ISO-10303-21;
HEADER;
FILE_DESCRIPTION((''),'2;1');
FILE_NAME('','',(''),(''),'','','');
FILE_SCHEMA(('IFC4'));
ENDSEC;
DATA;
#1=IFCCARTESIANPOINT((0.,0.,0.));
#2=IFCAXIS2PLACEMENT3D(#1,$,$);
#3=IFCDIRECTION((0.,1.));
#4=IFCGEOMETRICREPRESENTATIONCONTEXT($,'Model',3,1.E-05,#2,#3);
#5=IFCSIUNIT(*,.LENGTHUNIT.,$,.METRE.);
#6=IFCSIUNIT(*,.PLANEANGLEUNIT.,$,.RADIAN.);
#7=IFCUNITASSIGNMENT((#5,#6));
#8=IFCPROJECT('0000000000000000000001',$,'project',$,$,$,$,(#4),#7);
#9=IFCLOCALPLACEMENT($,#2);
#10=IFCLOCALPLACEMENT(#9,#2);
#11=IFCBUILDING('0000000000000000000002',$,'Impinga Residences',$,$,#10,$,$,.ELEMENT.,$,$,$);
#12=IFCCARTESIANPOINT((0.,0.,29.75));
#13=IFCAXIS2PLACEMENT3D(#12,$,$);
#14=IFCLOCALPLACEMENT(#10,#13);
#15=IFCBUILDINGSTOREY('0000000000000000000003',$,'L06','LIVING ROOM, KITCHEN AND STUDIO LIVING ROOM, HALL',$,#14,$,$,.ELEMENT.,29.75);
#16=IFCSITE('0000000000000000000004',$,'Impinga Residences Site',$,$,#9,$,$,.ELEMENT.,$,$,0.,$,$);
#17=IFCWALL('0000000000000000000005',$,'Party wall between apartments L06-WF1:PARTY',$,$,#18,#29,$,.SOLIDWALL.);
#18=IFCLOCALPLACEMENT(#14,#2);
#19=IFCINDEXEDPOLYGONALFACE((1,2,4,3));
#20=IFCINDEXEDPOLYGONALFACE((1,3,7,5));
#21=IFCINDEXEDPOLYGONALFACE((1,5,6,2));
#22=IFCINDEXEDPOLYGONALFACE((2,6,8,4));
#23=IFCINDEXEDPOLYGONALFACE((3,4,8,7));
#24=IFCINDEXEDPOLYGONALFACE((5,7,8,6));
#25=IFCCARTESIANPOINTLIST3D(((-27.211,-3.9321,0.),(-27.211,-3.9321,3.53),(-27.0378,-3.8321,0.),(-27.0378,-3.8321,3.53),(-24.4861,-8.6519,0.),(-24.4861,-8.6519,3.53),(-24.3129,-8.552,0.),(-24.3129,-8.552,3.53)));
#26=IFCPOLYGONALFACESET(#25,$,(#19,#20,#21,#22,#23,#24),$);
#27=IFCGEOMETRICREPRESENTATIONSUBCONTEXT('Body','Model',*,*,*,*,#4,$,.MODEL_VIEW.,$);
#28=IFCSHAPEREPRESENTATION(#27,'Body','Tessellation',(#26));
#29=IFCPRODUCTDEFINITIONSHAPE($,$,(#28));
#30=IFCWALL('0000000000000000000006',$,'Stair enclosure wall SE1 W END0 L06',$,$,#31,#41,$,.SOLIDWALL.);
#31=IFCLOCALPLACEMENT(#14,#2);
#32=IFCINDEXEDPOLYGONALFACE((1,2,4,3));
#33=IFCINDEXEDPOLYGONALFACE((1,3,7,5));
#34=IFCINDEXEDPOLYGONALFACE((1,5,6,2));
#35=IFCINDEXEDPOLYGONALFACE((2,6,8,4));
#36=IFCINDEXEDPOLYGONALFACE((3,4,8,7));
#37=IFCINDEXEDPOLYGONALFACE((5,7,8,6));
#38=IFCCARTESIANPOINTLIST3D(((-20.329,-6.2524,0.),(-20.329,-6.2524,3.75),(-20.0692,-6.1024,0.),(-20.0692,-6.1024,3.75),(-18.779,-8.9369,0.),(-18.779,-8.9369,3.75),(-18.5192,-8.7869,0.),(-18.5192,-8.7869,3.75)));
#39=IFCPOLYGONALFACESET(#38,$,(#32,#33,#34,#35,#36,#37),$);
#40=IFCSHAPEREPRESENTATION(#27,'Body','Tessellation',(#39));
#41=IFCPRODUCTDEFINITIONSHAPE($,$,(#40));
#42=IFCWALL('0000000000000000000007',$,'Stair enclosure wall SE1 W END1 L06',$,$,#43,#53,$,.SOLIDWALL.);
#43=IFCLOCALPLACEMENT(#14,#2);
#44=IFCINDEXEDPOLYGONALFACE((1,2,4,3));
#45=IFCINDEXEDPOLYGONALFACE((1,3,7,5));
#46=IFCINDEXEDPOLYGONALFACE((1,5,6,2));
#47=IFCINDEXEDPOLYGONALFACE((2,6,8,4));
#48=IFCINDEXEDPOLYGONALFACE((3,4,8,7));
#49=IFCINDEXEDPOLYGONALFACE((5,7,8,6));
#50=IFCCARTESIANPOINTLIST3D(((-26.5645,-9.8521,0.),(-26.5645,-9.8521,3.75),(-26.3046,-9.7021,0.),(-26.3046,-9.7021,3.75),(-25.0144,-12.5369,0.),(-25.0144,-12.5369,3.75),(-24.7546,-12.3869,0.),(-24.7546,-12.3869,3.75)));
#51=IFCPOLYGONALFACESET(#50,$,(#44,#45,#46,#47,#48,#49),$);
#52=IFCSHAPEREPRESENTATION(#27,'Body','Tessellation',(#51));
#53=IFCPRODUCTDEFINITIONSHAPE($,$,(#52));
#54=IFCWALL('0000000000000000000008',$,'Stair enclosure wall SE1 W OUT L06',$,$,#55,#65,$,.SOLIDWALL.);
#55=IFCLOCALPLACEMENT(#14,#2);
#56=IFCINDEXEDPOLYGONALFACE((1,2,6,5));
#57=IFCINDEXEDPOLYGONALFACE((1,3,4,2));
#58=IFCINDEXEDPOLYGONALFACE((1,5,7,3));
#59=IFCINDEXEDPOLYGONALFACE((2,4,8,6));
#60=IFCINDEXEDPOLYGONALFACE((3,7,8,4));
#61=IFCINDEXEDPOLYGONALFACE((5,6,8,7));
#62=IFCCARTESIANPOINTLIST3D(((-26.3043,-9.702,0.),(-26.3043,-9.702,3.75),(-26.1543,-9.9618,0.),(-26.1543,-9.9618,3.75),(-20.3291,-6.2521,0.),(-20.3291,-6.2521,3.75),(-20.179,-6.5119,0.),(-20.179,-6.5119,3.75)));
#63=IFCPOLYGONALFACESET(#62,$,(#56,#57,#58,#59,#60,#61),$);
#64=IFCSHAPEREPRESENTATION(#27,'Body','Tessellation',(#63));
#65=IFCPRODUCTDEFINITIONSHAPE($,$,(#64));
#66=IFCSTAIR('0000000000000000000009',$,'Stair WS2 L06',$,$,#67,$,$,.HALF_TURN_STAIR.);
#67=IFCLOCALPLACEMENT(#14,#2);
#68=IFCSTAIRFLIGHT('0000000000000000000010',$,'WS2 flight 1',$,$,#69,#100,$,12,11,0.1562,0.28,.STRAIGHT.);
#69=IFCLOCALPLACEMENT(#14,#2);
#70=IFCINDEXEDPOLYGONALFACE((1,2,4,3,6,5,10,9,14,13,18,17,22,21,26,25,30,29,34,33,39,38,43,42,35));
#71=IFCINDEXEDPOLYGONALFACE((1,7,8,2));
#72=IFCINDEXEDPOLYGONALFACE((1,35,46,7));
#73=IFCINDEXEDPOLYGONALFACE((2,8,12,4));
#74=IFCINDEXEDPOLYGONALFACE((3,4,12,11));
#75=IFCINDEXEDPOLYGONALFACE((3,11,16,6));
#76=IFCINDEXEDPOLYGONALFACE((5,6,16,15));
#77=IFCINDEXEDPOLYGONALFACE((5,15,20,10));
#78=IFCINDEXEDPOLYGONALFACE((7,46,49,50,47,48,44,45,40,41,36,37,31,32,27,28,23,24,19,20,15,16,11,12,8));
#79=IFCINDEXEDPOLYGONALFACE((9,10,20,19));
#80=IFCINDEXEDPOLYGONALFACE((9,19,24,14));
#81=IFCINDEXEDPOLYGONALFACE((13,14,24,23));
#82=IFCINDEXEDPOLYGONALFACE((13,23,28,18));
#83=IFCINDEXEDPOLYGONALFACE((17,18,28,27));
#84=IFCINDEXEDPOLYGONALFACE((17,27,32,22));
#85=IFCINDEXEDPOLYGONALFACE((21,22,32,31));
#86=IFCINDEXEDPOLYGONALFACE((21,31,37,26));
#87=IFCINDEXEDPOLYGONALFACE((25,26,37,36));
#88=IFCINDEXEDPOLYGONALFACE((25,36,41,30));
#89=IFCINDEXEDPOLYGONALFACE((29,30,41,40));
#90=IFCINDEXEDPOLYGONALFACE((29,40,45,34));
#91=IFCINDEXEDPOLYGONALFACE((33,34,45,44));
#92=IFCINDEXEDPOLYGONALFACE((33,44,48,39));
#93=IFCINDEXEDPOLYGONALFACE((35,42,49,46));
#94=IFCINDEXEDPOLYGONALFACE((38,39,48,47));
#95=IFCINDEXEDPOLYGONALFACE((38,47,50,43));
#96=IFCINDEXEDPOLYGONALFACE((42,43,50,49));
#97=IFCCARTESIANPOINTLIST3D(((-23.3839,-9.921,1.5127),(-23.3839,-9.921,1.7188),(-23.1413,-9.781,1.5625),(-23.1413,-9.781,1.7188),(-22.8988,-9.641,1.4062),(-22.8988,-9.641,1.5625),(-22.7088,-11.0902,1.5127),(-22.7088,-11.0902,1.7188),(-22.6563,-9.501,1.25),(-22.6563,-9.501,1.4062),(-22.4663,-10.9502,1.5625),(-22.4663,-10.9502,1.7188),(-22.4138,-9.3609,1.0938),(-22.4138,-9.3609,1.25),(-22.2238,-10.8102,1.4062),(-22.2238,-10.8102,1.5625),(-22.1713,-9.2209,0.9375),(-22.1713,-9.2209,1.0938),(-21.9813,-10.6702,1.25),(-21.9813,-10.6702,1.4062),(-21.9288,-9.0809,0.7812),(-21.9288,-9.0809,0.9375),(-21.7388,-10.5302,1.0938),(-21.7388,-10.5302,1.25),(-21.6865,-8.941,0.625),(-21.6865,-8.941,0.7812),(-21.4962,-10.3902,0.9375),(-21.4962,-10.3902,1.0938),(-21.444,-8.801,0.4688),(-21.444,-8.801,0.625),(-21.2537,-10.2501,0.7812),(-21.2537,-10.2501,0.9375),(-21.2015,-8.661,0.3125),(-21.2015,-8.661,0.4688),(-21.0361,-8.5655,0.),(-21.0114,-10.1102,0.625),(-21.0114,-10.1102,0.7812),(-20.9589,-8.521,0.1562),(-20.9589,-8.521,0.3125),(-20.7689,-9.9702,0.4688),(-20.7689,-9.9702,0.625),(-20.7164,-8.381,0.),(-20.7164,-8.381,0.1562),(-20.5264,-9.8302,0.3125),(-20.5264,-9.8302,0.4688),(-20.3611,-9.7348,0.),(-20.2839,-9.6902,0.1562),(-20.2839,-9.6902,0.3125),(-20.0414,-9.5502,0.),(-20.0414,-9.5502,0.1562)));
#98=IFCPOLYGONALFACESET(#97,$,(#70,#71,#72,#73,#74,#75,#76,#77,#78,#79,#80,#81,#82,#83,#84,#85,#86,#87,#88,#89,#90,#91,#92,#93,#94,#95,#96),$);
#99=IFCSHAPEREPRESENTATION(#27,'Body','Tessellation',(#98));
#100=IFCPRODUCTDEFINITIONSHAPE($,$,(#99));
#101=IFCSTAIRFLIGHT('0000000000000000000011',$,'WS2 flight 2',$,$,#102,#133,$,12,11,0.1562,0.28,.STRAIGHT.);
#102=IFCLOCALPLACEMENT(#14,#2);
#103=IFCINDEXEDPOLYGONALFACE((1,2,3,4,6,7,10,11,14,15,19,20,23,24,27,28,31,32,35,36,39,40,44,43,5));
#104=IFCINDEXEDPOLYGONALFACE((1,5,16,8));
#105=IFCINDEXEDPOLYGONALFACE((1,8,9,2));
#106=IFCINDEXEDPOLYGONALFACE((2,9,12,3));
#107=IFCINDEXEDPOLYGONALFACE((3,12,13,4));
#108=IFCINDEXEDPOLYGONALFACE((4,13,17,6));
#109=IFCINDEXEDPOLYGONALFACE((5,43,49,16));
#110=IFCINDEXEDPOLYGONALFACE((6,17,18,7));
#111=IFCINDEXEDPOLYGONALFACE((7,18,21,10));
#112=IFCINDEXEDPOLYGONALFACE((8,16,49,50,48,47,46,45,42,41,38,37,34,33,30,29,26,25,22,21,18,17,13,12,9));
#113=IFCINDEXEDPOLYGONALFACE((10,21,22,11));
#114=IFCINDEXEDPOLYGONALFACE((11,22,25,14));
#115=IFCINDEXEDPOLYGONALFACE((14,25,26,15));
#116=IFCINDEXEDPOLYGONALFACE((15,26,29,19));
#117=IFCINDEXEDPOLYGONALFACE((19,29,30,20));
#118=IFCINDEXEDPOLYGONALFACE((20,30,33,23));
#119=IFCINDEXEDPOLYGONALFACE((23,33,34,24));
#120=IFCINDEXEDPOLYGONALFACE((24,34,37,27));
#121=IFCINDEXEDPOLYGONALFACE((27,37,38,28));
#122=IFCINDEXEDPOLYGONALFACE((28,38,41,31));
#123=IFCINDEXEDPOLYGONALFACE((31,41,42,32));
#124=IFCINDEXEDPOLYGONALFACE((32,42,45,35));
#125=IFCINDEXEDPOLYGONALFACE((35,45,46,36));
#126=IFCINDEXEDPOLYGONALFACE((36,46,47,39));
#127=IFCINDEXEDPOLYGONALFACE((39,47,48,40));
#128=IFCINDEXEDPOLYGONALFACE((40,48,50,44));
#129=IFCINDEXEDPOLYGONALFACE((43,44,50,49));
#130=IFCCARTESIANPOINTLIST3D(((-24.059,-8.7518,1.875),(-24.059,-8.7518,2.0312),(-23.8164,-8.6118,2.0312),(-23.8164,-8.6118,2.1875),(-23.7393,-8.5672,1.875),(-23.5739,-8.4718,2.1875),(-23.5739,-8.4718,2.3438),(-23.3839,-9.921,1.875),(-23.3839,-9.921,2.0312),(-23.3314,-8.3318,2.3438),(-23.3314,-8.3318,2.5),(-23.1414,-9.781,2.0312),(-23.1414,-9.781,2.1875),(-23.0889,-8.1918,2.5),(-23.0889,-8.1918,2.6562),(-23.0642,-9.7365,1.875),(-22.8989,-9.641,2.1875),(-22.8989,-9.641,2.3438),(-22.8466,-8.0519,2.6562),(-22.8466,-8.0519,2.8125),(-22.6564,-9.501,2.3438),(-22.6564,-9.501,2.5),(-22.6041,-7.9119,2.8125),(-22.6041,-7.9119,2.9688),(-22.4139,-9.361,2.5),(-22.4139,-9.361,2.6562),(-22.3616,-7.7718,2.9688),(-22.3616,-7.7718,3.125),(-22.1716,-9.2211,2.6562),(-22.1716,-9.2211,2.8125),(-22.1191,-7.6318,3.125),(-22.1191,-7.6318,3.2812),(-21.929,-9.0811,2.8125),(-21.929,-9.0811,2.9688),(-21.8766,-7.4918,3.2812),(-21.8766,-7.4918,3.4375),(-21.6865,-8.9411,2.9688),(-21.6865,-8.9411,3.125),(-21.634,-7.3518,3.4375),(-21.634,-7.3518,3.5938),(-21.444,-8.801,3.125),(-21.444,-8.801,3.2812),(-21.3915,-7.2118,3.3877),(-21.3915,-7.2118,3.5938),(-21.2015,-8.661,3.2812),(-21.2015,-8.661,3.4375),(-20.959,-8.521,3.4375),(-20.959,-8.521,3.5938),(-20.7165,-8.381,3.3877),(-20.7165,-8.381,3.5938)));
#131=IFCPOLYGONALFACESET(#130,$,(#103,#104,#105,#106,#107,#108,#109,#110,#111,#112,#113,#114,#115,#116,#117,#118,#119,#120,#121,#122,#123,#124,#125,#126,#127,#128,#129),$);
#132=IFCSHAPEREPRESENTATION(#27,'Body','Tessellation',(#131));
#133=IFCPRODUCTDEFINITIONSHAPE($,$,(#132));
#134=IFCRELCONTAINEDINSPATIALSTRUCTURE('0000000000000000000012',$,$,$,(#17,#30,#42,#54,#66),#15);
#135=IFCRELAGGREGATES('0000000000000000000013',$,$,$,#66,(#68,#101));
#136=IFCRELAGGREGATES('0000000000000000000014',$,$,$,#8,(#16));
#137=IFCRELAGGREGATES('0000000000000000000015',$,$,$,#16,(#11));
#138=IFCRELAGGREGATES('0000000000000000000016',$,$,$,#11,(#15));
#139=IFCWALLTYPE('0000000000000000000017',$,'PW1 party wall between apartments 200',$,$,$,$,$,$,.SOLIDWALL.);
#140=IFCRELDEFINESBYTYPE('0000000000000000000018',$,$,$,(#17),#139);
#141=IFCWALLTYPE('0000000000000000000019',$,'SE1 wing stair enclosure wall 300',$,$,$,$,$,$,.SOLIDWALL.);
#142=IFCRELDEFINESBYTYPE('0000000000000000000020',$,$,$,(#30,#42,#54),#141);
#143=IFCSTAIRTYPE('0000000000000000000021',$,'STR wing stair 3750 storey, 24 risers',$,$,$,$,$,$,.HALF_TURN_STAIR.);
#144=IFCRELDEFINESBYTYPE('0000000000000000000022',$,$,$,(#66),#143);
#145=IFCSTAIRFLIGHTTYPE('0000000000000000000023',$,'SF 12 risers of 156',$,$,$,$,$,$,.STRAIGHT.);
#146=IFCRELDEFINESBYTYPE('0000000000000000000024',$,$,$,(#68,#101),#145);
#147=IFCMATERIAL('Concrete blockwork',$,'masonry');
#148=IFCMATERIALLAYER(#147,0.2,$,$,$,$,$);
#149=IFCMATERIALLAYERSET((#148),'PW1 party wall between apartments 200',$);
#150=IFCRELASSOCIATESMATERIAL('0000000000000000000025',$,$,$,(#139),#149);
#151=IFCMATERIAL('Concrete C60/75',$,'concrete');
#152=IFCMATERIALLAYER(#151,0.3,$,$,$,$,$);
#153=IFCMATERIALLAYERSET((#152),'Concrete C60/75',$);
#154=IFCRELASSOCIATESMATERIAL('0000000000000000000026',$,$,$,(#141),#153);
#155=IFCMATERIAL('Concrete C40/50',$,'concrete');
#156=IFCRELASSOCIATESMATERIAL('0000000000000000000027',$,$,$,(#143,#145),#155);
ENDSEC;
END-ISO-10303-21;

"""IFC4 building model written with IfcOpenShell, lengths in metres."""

from ifc_helpers import new_model, si_unit, direction, frame, frame_2d, origin, place, context, subcontext, project, spatial, polyline, rectangle, outline, extrude, material, layer, layer_set, type_object, element, aggregate, save


model = new_model("IFC4")

# Units and contexts
model_context = context("Model", 3, precision=1e-05, world=origin(), true_north=direction((0.0, 1.0)))
body_context = subcontext(model_context, "Body", "Model", "MODEL_VIEW")
ifc_project = project(units=[si_unit("LENGTHUNIT", "METRE"), si_unit("PLANEANGLEUNIT", "RADIAN")], contexts=[model_context])

# Site, building, storey
site_placement = place(None, origin())
site = spatial("IfcSite", under=ifc_project, at=site_placement, Name="Impinga Residences Site", CompositionType="ELEMENT", RefElevation=0.0)
building_placement = place(site_placement, origin())
building = spatial("IfcBuilding", under=site, at=building_placement, Name="Impinga Residences", CompositionType="ELEMENT")
storey_placement = place(building_placement, frame((0.0, 0.0, 29.75)))
storey = spatial("IfcBuildingStorey", under=building, at=storey_placement, Name="L06", Description="LIVING ROOM, KITCHEN AND STUDIO LIVING ROOM, HALL", CompositionType="ELEMENT", Elevation=29.75)

# Shared definitions
ifc_material_1 = material(Name="Concrete C60/75", Category="concrete")

# Shared definitions
ifc_material_2 = material(Name="Concrete blockwork", Category="masonry")

# Walls
ifc_layer_1 = layer(ifc_material_2, 0.2)
ifc_layer_set_1 = layer_set([ifc_layer_1], Name="PW1 party wall between apartments 200")
wall_type_1 = type_object("IfcWallType", Name="PW1 party wall between apartments 200", PredefinedType="SOLIDWALL", material=ifc_layer_set_1)
wall_1_placement = place(storey_placement, frame((-24.3994, -8.6021, 0.0), z_axis=(0.0, 0.0, 1.0), x_axis=(-0.499989, 0.866032, 0.0)))
element("IfcWall", 1, at=wall_1_placement, inside=storey, type_object=wall_type_1, Name="Party wall between apartments L06-WF1:PARTY", PredefinedType="SOLIDWALL", context=body_context, shape_type="SweptSolid", body=[
    extrude(rectangle(XDim=5.45, YDim=0.2, at=frame_2d((2.7251, 0.0))), origin(), (0.0, 0.0, 1.0), 3.53),
])
ifc_layer_2 = layer(ifc_material_1, 0.3)
ifc_layer_set_2 = layer_set([ifc_layer_2], Name="Concrete C60/75")
wall_type_2 = type_object("IfcWallType", Name="SE1 wing stair enclosure wall 300", PredefinedType="SOLIDWALL", material=ifc_layer_set_2)
wall_2_placement = place(storey_placement, frame((-18.6492, -8.8618, 0.0), z_axis=(0.0, 0.0, 1.0), x_axis=(-0.500027, 0.86601, 0.0)))
element("IfcWall", 2, at=wall_2_placement, inside=storey, type_object=wall_type_2, Name="Stair enclosure wall SE1 W END0 L06", PredefinedType="SOLIDWALL", context=body_context, shape_type="SweptSolid", body=[
    extrude(rectangle(XDim=3.0999, YDim=0.3, at=frame_2d((1.5498, 0.0))), origin(), (0.0, 0.0, 1.0), 3.75),
])
wall_3_placement = place(storey_placement, frame((-24.8845, -12.4619, 0.0), z_axis=(0.0, 0.0, 1.0), x_axis=(-0.499993, 0.86603, 0.0)))
element("IfcWall", 3, at=wall_3_placement, inside=storey, type_object=wall_type_2, Name="Stair enclosure wall SE1 W END1 L06", PredefinedType="SOLIDWALL", context=body_context, shape_type="SweptSolid", body=[
    extrude(rectangle(XDim=3.1001, YDim=0.3, at=frame_2d((1.55, 0.0))), origin(), (0.0, 0.0, 1.0), 3.75),
])
wall_4_placement = place(storey_placement, frame((-20.2542, -6.3821, 0.0), z_axis=(0.0, 0.0, 1.0), x_axis=(-0.86602, -0.500009, 0.0)))
element("IfcWall", 4, at=wall_4_placement, inside=storey, type_object=wall_type_2, Name="Stair enclosure wall SE1 W OUT L06", PredefinedType="SOLIDWALL", context=body_context, shape_type="SweptSolid", body=[
    extrude(rectangle(XDim=6.8997, YDim=0.3, at=frame_2d((3.4497, 0.0))), origin(), (0.0, 0.0, 1.0), 3.75),
])

# Stair, stair flights
ifc_material_3 = material(Name="Concrete C40/50", Category="concrete")
stair_type = type_object("IfcStairType", Name="STR wing stair 3750 storey, 24 risers", PredefinedType="HALF_TURN_STAIR", material=ifc_material_3)
stair_placement = place(storey_placement, origin())
stair = element("IfcStair", 5, at=stair_placement, inside=storey, type_object=stair_type, Name="Stair WS2 L06", PredefinedType="HALF_TURN_STAIR")
stair_flight_type = type_object("IfcStairFlightType", Name="SF 12 risers of 156", PredefinedType="STRAIGHT", material=ifc_material_3)
stair_flight_1_placement = place(storey_placement, frame((-20.3789, -8.9656, 0.0), z_axis=(0.0, 0.0, 1.0), x_axis=(-0.866025, -0.5, 0.0)))
stair_flight_1 = element("IfcStairFlight", 6, at=stair_flight_1_placement, type_object=stair_flight_type, Name="WS2 flight 1", NumberOfRisers=12, NumberOfTreads=11, PredefinedType="STRAIGHT", RiserHeight=0.1562, TreadLength=0.28, context=body_context, shape_type="SweptSolid", body=[
    extrude(outline(polyline([(0.0, 0.0), (0.0, 0.1562), (0.28, 0.1562), (0.28, 0.3125), (0.5601, 0.3125), (0.5601, 0.4688), (0.8401, 0.4688), (0.8401, 0.625), (1.1201, 0.625), (1.1201, 0.7812), (1.3999, 0.7812), (1.3999, 0.9375), (1.6799, 0.9375), (1.6799, 1.0938), (1.96, 1.0938), (1.96, 1.25), (2.24, 1.25), (2.24, 1.4062), (2.52, 1.4062), (2.52, 1.5625), (2.8, 1.5625), (2.8, 1.7188), (3.0801, 1.7188), (3.0801, 1.875), (3.0801, 1.5127), (0.3691, 0.0), (0.0, 0.0)])), frame((0.0, 0.675, 0.0), z_axis=(0.0, -1.0, 0.0), x_axis=(1.0, 0.0, 0.0)), (0.0, 0.0, 1.0), 1.3501),
])
stair_flight_2_placement = place(storey_placement, frame((-23.7214, -9.3364, 1.875), z_axis=(0.0, 0.0, 1.0), x_axis=(0.866025, 0.5, 0.0)))
stair_flight_2 = element("IfcStairFlight", 7, at=stair_flight_2_placement, type_object=stair_flight_type, Name="WS2 flight 2", NumberOfRisers=12, NumberOfTreads=11, PredefinedType="STRAIGHT", RiserHeight=0.1562, TreadLength=0.28, context=body_context, shape_type="SweptSolid", body=[
    extrude(outline(polyline([(0.0, 0.0), (0.0, 0.1562), (0.28, 0.1562), (0.28, 0.3125), (0.5601, 0.3125), (0.5601, 0.4688), (0.8401, 0.4688), (0.8401, 0.625), (1.1201, 0.625), (1.1201, 0.7812), (1.3999, 0.7812), (1.3999, 0.9375), (1.6799, 0.9375), (1.6799, 1.0938), (1.96, 1.0938), (1.96, 1.25), (2.24, 1.25), (2.24, 1.4062), (2.52, 1.4062), (2.52, 1.5625), (2.8, 1.5625), (2.8, 1.7188), (3.0801, 1.7188), (3.0801, 1.875), (3.0801, 1.5127), (0.3691, 0.0), (0.0, 0.0)])), frame((0.0, 0.675, 0.0), z_axis=(0.0, -1.0, 0.0), x_axis=(1.0, 0.0, 0.0)), (0.0, 0.0, 1.0), 1.3501),
])
aggregate(stair, [stair_flight_1, stair_flight_2])

save(model, "model.ifc")
